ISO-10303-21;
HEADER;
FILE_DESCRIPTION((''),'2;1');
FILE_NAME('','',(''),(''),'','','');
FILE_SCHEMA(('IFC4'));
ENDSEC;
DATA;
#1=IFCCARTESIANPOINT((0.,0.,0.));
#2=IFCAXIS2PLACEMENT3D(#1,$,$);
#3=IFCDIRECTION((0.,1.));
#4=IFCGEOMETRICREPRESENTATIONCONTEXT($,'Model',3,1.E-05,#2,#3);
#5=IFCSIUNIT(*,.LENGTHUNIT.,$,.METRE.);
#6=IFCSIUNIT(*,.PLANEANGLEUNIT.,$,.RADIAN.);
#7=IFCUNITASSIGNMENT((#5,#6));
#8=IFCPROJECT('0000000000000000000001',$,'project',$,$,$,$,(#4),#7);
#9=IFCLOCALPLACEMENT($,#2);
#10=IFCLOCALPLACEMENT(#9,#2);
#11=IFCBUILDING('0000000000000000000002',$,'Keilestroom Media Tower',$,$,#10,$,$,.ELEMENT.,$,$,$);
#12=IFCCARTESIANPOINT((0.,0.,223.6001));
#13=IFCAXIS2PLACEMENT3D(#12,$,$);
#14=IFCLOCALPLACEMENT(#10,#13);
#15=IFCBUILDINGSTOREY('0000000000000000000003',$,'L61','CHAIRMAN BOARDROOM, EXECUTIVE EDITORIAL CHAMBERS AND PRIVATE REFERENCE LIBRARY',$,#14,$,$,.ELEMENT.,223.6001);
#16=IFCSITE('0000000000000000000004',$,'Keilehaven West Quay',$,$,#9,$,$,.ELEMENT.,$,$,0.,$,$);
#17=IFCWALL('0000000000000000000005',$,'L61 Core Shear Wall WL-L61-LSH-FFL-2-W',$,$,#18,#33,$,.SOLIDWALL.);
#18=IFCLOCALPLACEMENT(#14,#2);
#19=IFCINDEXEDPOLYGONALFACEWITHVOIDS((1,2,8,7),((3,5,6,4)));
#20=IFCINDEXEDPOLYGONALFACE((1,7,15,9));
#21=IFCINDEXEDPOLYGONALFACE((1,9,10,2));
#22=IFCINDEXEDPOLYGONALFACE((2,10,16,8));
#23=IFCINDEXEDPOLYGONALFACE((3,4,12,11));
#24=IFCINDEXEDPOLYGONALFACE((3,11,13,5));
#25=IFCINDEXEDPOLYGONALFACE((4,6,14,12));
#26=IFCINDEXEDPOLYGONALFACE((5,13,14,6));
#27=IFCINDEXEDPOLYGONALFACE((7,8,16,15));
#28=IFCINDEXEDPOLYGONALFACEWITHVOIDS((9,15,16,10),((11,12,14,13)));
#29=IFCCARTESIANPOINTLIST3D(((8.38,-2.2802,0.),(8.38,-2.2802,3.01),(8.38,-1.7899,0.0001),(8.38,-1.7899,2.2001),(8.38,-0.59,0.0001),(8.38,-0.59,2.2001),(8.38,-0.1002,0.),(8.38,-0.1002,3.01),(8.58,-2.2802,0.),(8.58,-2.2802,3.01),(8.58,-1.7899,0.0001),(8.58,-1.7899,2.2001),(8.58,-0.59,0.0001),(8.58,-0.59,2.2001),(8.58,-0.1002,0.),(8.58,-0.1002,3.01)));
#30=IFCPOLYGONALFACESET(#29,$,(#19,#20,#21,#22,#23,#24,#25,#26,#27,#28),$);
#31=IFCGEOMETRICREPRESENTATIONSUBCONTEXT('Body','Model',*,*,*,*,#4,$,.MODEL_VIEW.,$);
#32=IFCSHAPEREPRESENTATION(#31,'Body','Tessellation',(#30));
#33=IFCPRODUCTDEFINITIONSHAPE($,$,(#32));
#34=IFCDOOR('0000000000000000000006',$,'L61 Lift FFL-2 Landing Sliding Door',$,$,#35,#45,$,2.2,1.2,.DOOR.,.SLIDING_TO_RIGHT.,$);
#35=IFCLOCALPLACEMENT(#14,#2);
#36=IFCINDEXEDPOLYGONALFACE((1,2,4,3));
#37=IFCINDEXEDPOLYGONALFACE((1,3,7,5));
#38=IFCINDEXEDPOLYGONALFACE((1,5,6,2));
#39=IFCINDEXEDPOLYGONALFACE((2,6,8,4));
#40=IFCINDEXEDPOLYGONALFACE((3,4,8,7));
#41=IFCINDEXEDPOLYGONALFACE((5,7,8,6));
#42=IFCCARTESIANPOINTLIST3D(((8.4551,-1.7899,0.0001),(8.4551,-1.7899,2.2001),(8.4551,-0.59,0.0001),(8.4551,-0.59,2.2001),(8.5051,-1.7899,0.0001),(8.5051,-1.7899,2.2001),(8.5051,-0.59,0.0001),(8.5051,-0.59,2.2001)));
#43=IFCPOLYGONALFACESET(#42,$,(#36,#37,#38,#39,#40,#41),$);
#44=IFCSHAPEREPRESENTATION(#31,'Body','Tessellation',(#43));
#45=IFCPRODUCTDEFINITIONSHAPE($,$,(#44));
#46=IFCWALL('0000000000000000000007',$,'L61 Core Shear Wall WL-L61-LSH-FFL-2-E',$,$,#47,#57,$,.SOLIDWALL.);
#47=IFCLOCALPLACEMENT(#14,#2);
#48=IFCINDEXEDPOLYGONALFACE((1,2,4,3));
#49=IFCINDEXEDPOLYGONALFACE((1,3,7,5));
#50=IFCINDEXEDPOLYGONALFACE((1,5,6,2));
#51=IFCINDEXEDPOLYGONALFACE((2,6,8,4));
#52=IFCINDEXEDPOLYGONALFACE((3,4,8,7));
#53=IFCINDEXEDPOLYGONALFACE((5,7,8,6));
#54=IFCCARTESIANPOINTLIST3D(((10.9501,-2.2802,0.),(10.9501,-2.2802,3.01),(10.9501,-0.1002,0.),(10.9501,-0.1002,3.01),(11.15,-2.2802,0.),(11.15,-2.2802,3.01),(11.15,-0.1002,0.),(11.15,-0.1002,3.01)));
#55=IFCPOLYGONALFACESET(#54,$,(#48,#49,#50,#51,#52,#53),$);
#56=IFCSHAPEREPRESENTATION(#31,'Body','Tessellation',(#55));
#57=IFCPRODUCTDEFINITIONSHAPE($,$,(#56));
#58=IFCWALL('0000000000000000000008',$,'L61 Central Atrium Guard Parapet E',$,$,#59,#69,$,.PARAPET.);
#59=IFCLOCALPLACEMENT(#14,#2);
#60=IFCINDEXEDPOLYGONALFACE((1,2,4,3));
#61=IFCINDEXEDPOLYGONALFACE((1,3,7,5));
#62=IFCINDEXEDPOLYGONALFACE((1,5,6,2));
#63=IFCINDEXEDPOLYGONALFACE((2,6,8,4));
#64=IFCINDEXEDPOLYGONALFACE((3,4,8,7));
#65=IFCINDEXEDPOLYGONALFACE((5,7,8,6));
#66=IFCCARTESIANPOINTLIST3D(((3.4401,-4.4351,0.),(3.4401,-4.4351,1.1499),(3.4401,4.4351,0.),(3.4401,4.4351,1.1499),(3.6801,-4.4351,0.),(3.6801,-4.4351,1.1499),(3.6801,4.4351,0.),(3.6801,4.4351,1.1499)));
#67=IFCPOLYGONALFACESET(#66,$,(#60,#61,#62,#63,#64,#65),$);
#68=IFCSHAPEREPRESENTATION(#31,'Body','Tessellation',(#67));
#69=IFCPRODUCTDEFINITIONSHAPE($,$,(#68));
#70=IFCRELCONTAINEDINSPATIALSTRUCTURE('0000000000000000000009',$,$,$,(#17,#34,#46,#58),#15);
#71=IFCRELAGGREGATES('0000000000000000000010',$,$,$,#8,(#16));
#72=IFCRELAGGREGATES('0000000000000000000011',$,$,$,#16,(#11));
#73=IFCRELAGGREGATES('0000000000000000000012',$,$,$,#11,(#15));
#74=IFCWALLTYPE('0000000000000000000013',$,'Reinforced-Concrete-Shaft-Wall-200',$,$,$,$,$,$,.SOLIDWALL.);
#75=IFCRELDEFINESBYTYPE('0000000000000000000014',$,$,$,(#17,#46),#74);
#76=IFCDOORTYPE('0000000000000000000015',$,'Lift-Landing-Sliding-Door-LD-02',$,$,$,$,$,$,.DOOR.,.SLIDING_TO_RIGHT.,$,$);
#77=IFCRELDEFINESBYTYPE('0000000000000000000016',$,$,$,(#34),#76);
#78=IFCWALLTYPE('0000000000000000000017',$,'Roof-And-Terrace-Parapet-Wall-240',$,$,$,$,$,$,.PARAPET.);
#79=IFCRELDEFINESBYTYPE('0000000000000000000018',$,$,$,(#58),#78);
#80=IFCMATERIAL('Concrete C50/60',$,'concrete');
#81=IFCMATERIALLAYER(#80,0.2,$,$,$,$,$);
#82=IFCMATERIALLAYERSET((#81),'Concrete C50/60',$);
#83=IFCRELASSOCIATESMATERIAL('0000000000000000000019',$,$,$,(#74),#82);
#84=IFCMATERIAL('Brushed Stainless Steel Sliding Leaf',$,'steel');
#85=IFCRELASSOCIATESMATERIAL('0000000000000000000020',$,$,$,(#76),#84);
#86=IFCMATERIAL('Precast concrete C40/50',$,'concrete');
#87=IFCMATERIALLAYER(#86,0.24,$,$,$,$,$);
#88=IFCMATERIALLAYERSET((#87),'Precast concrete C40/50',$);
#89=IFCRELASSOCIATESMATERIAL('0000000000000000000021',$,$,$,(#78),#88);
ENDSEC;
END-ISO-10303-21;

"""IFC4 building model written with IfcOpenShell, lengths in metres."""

from ifc_helpers import new_model, si_unit, direction, frame, frame_2d, origin, place, context, subcontext, project, spatial, rectangle, extrude, source, transform, mapped, material, layer, layer_set, type_object, element, fill, save


model = new_model("IFC4")

# Units and contexts
model_context = context("Model", 3, precision=1e-05, world=origin(), true_north=direction((0.0, 1.0)))
body_context = subcontext(model_context, "Body", "Model", "MODEL_VIEW")
ifc_project = project(units=[si_unit("LENGTHUNIT", "METRE"), si_unit("PLANEANGLEUNIT", "RADIAN")], contexts=[model_context])

# Site, building, storey
site_placement = place(None, origin())
site = spatial("IfcSite", under=ifc_project, at=site_placement, Name="Keilehaven West Quay", CompositionType="ELEMENT", RefElevation=0.0)
building_placement = place(site_placement, origin())
building = spatial("IfcBuilding", under=site, at=building_placement, Name="Keilestroom Media Tower", CompositionType="ELEMENT")
storey_placement = place(building_placement, frame((0.0, 0.0, 223.6001)))
storey = spatial("IfcBuildingStorey", under=building, at=storey_placement, Name="L61", Description="CHAIRMAN BOARDROOM, EXECUTIVE EDITORIAL CHAMBERS AND PRIVATE REFERENCE LIBRARY", CompositionType="ELEMENT", Elevation=223.6001)

# Shared definitions
ifc_material_1 = material(Name="Concrete C50/60", Category="concrete")

# Shared definitions
shared_shape_1 = source(origin(), body_context, "Body", "SweptSolid", [
    extrude(rectangle(XDim=1.2, YDim=2.2, at=frame_2d((0.6001, 1.1001))), frame((0.0, 0.0249, 0.0), z_axis=(0.0, -1.0, 0.0), x_axis=(1.0, 0.0, 0.0)), (0.0, 0.0, 1.0), 0.05),
])

# Shared definitions
ifc_layer_1 = layer(ifc_material_1, 0.2)
ifc_layer_set_1 = layer_set([ifc_layer_1], Name="Concrete C50/60")
wall_type_1 = type_object("IfcWallType", Name="Reinforced-Concrete-Shaft-Wall-200", PredefinedType="SOLIDWALL", material=ifc_layer_set_1)

# Wall, opening, door
wall_1_placement = place(storey_placement, frame((8.48, -2.28, 0.0), z_axis=(0.0, 0.0, 1.0), x_axis=(0.0, 1.0, 0.0)))
wall_1 = element("IfcWall", 1, at=wall_1_placement, inside=storey, type_object=wall_type_1, Name="L61 Core Shear Wall WL-L61-LSH-FFL-2-W", PredefinedType="SOLIDWALL", context=body_context, shape_type="SweptSolid", body=[
    extrude(rectangle(XDim=2.1799, YDim=0.2, at=frame_2d((1.0898, 0.0))), origin(), (0.0, 0.0, 1.0), 3.01),
])
opening_1_placement = place(wall_1_placement, frame((0.49, 0.0, 0.0)))
opening_1 = element("IfcOpeningElement", 2, at=opening_1_placement, cuts=wall_1, PredefinedType="OPENING", context=body_context, shape_type="SweptSolid", body=[
    extrude(rectangle(XDim=1.2, YDim=2.2, at=frame_2d((0.6001, 1.1001))), frame((0.0, 0.1099, 0.0), z_axis=(0.0, -1.0, 0.0), x_axis=(1.0, 0.0, 0.0)), (0.0, 0.0, 1.0), 0.22),
])
ifc_material_2 = material(Name="Brushed Stainless Steel Sliding Leaf", Category="steel")
door_type_1 = type_object("IfcDoorType", Name="Lift-Landing-Sliding-Door-LD-02", OperationType="SLIDING_TO_RIGHT", PredefinedType="DOOR", material=ifc_material_2)
door_1_placement = place(opening_1_placement, origin())
door_1 = element("IfcDoor", 3, at=door_1_placement, inside=storey, type_object=door_type_1, Name="L61 Lift FFL-2 Landing Sliding Door", OperationType="SLIDING_TO_RIGHT", OverallHeight=2.2, OverallWidth=1.2, PredefinedType="DOOR", context=body_context, shape_type="MappedRepresentation", body=[
    mapped(shared_shape_1, transform((0.0, 0.0, 0.0), x_axis=(1.0, 0.0, 0.0), y_axis=(0.0, 1.0, 0.0), z_axis=(0.0, 0.0, 1.0), scale=1.0)),
])
fill(opening_1, door_1)

# Walls
wall_2_placement = place(storey_placement, frame((11.05, -2.28, 0.0), z_axis=(0.0, 0.0, 1.0), x_axis=(0.0, 1.0, 0.0)))
element("IfcWall", 4, at=wall_2_placement, inside=storey, type_object=wall_type_1, Name="L61 Core Shear Wall WL-L61-LSH-FFL-2-E", PredefinedType="SOLIDWALL", context=body_context, shape_type="SweptSolid", body=[
    extrude(rectangle(XDim=2.1799, YDim=0.2, at=frame_2d((1.0898, 0.0))), origin(), (0.0, 0.0, 1.0), 3.01),
])
ifc_material_3 = material(Name="Precast concrete C40/50", Category="concrete")
ifc_layer_2 = layer(ifc_material_3, 0.24)
ifc_layer_set_2 = layer_set([ifc_layer_2], Name="Precast concrete C40/50")
wall_type_2 = type_object("IfcWallType", Name="Roof-And-Terrace-Parapet-Wall-240", PredefinedType="PARAPET", material=ifc_layer_set_2)
wall_3_placement = place(storey_placement, frame((3.5601, -4.4351, 0.0), z_axis=(0.0, 0.0, 1.0), x_axis=(0.0, 1.0, 0.0)))
element("IfcWall", 5, at=wall_3_placement, inside=storey, type_object=wall_type_2, Name="L61 Central Atrium Guard Parapet E", PredefinedType="PARAPET", context=body_context, shape_type="SweptSolid", body=[
    extrude(rectangle(XDim=8.8701, YDim=0.24, at=frame_2d((4.4351, 0.0))), origin(), (0.0, 0.0, 1.0), 1.1499),
])

save(model, "model.ifc")
